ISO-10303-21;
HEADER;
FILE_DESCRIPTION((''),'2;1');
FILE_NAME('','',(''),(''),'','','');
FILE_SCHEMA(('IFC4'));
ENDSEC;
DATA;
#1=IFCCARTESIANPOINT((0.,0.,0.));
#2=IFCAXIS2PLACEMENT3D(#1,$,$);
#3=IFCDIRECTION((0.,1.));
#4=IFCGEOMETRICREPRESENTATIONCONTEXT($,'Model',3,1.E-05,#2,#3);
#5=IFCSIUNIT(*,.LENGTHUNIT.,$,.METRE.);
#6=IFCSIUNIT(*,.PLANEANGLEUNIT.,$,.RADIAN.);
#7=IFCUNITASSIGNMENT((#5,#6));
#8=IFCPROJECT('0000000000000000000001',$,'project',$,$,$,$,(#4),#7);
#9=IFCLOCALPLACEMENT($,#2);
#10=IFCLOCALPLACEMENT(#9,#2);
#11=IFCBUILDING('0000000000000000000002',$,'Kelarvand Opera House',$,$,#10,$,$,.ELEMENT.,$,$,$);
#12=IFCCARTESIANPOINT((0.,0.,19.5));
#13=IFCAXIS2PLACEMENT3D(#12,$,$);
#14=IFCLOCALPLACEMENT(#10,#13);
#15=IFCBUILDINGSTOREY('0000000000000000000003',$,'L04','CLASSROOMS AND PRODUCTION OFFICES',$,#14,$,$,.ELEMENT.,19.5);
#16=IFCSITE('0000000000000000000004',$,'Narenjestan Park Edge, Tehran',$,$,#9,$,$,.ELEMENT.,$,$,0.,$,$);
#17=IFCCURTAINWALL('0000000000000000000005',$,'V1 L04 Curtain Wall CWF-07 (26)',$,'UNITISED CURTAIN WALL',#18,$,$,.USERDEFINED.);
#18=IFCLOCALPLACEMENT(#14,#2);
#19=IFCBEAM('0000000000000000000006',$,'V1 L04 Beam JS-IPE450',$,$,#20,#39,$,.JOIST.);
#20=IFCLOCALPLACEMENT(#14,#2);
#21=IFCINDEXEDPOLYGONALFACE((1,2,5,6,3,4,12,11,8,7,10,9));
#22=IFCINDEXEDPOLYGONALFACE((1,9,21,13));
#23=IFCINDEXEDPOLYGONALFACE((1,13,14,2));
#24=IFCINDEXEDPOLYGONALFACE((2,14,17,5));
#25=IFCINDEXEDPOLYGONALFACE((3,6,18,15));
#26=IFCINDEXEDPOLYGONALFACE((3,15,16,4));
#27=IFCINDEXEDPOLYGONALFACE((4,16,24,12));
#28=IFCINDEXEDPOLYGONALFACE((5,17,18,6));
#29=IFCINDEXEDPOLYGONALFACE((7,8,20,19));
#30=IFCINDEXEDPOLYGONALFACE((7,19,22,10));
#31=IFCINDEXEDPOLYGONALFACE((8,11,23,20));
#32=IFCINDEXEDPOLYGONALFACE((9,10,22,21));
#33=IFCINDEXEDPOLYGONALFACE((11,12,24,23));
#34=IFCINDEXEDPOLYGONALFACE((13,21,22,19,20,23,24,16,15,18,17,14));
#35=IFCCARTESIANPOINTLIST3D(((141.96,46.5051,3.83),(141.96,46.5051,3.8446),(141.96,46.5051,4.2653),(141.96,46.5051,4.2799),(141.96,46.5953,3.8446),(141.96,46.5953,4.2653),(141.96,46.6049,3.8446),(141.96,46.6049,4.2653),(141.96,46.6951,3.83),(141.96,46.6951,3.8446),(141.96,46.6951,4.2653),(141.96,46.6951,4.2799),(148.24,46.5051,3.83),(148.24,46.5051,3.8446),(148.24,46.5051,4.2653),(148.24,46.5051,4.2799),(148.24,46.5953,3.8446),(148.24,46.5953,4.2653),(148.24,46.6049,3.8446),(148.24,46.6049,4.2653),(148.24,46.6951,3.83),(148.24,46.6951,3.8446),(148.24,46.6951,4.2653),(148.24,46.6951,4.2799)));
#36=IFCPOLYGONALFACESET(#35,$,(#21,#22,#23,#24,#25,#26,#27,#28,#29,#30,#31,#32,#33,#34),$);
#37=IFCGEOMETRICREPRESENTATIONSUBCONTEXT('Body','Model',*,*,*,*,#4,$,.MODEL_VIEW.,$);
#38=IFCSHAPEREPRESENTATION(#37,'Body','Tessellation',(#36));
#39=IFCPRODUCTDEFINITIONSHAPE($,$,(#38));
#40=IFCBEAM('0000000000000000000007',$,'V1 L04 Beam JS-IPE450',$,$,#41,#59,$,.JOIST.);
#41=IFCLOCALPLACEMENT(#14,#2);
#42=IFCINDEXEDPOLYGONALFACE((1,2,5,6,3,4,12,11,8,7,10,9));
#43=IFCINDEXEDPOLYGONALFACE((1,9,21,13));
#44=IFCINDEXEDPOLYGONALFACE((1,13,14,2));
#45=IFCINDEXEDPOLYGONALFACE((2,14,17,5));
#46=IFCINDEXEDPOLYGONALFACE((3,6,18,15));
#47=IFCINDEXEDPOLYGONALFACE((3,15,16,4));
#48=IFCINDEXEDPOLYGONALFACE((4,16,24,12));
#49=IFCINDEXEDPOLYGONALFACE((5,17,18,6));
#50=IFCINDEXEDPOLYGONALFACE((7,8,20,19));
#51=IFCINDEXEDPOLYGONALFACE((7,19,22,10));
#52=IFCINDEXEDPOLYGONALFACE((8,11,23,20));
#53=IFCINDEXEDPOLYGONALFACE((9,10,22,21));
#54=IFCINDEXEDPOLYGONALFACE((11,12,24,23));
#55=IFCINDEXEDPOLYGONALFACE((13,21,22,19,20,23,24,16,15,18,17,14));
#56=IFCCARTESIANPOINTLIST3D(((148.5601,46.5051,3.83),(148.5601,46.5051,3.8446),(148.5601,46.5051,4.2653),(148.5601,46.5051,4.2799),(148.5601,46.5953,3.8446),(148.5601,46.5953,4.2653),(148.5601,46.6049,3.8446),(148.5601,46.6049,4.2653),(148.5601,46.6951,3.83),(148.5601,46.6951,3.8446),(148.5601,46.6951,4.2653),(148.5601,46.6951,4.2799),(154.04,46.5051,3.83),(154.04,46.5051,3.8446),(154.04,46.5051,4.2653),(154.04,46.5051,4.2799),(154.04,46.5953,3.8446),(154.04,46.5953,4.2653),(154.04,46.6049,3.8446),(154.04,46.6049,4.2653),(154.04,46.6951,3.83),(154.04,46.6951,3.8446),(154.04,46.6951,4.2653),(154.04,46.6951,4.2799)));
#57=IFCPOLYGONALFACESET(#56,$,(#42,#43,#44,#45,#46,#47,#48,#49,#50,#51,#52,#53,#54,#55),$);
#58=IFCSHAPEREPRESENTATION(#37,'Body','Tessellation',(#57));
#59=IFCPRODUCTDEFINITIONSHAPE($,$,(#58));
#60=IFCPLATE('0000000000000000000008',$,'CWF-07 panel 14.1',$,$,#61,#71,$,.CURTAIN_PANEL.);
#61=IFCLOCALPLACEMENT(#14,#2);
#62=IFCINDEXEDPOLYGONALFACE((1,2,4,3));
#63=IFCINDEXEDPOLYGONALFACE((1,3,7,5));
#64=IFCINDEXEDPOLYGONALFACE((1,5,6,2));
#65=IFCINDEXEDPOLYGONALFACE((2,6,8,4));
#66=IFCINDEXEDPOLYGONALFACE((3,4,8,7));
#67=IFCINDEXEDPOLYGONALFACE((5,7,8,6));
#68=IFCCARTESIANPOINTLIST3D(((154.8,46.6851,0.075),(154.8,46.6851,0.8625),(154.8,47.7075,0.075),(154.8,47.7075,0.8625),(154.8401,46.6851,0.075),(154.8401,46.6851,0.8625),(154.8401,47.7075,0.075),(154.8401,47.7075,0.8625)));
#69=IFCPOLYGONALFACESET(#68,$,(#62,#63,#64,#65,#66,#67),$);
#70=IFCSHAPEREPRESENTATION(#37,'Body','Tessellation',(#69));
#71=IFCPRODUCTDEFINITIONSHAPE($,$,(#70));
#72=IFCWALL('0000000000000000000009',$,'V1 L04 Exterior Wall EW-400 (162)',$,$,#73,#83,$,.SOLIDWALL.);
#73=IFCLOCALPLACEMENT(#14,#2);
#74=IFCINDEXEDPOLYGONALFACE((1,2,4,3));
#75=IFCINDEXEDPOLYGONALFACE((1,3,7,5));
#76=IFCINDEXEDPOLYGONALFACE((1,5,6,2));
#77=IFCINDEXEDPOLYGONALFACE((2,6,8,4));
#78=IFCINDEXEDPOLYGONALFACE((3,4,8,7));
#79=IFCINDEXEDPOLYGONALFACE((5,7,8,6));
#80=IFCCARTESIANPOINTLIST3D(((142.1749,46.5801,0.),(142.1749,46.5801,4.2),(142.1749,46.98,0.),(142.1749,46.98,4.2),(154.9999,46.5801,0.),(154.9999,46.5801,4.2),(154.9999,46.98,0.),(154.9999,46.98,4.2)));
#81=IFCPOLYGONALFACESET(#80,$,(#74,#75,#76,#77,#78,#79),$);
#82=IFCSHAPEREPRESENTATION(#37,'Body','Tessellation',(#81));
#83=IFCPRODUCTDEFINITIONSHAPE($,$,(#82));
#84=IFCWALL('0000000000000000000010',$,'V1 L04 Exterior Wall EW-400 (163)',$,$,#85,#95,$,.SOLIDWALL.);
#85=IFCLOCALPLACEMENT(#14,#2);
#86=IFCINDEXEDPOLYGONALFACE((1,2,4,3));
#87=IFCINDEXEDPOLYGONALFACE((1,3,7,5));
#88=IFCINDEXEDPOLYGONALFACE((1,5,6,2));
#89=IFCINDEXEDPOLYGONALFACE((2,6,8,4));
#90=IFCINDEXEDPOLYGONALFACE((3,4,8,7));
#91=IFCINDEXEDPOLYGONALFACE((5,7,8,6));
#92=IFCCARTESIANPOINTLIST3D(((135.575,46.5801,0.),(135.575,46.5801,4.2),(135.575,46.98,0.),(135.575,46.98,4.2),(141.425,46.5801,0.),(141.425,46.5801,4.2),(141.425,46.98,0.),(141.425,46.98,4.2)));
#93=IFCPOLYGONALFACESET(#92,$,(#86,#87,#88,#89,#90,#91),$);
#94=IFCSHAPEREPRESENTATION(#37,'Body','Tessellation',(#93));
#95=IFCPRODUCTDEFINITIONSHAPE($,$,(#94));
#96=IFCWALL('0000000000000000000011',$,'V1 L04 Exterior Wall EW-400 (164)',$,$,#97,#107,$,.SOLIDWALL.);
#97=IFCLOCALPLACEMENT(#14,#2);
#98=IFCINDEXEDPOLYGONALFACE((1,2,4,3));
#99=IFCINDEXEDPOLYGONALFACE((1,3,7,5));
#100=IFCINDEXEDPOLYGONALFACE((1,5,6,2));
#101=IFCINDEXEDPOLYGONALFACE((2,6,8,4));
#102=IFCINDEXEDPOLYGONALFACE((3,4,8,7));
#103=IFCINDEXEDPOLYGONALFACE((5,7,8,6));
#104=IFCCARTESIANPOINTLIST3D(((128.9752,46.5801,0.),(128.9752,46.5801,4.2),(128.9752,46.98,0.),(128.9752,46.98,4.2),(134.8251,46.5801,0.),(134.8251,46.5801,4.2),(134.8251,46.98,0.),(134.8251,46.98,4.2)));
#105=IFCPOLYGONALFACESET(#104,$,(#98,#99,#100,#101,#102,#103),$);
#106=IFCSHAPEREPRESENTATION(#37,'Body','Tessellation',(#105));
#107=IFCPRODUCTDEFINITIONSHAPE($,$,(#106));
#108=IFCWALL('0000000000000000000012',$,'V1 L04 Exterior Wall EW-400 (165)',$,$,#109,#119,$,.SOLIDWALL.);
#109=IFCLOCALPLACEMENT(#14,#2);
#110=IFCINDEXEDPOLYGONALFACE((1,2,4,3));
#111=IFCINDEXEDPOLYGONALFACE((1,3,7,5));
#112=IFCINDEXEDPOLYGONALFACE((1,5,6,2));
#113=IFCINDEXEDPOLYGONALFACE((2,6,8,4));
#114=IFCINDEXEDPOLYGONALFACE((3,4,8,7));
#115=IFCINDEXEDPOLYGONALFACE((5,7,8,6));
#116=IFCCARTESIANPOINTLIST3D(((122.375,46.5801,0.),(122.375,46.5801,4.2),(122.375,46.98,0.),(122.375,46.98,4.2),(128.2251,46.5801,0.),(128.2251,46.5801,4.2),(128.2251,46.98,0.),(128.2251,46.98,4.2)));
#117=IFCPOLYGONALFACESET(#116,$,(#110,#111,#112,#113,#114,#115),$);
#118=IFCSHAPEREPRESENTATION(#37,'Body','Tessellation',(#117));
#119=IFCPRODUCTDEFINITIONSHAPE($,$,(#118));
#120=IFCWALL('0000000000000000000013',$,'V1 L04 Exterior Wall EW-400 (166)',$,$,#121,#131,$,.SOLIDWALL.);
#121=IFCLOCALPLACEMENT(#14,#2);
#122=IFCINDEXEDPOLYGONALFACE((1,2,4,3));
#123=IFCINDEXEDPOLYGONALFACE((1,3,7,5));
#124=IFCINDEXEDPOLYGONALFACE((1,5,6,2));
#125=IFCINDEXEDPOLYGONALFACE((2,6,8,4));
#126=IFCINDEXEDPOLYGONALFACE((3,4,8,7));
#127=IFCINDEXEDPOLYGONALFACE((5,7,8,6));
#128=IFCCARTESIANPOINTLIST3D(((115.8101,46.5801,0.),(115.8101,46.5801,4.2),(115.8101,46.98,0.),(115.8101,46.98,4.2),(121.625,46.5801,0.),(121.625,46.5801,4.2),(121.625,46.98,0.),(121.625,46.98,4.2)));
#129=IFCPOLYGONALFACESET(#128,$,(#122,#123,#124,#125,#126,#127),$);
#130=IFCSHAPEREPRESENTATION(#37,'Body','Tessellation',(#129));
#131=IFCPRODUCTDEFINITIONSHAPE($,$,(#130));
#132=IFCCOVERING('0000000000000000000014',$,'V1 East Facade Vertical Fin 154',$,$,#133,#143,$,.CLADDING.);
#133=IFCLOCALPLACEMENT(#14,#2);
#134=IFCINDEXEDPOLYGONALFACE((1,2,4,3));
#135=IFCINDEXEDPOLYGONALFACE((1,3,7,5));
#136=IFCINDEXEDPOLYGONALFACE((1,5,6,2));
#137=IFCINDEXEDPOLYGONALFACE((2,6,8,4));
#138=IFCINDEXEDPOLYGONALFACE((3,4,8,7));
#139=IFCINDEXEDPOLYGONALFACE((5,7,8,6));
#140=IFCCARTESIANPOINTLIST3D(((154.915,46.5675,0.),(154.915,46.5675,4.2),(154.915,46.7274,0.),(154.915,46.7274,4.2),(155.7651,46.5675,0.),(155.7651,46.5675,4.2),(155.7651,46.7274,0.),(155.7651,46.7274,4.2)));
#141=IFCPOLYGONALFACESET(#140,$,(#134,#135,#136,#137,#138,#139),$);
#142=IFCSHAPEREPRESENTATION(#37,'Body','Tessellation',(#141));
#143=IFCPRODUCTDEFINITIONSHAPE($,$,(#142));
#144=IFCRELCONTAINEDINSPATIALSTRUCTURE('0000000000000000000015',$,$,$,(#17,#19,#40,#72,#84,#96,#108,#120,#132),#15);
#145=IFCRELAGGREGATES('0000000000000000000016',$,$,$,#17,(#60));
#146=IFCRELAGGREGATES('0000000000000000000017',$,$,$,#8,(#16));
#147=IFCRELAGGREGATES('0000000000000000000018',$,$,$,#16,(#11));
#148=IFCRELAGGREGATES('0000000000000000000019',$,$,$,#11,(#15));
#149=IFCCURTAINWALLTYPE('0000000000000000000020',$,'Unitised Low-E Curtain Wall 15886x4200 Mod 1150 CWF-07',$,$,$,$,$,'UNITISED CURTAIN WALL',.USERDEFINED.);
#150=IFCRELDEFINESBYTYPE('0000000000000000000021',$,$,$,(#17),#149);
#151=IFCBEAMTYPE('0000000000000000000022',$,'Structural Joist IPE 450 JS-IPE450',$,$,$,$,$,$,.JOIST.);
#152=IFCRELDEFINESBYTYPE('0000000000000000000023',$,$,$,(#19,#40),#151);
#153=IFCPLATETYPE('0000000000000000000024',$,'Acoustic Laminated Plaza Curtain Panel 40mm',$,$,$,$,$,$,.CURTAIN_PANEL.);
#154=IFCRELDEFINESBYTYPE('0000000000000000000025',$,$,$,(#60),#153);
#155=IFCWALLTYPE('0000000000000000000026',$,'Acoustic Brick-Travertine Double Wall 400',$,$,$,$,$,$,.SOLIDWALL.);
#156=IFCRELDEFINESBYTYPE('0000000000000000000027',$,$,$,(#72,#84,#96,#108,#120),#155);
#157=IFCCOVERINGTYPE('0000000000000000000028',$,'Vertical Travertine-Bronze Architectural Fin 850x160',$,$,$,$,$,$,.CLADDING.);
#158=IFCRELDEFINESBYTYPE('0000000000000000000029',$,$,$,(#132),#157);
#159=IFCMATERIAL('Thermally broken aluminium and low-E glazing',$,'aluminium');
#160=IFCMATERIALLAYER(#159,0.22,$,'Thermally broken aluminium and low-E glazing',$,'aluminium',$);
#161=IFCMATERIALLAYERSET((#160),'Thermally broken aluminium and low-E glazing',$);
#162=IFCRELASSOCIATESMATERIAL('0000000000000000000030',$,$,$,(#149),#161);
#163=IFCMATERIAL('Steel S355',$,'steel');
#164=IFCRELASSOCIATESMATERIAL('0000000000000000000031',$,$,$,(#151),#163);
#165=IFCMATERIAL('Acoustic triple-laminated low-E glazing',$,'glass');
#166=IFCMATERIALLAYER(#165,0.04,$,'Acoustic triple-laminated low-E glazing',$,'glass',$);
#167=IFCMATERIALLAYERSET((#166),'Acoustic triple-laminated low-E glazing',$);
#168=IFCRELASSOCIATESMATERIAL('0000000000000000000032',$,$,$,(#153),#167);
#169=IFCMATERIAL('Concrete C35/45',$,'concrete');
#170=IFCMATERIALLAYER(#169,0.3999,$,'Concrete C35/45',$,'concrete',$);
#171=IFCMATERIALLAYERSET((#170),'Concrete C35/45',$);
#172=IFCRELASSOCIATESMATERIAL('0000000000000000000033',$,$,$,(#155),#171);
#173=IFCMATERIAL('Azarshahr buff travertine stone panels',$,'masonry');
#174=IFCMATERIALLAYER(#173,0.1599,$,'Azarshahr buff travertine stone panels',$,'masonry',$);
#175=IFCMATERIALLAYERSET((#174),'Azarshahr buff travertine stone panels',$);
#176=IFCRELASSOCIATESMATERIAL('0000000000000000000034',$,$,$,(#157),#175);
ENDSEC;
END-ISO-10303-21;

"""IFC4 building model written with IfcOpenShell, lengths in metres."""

from ifc_helpers import new_model, si_unit, direction, frame, frame_2d, origin, origin_2d, place, context, subcontext, project, spatial, rectangle, i_section, extrude, material, layer, layer_set, material_profile, profile_set, type_object, element, aggregate, save


model = new_model("IFC4")

# Units and contexts
model_context = context("Model", 3, precision=1e-05, world=origin(), true_north=direction((0.0, 1.0)))
body_context = subcontext(model_context, "Body", "Model", "MODEL_VIEW")
ifc_project = project(units=[si_unit("LENGTHUNIT", "METRE"), si_unit("PLANEANGLEUNIT", "RADIAN")], contexts=[model_context])

# Site, building, storey
site_placement = place(None, origin())
site = spatial("IfcSite", under=ifc_project, at=site_placement, Name="Narenjestan Park Edge, Tehran", CompositionType="ELEMENT", RefElevation=0.0)
building_placement = place(site_placement, origin())
building = spatial("IfcBuilding", under=site, at=building_placement, Name="Kelarvand Opera House", CompositionType="ELEMENT")
storey_placement = place(building_placement, frame((0.0, 0.0, 19.5)))
storey = spatial("IfcBuildingStorey", under=building, at=storey_placement, Name="L04", Description="CLASSROOMS AND PRODUCTION OFFICES", CompositionType="ELEMENT", Elevation=19.5)

# Curtain wall
ifc_material_1 = material(Name="Thermally broken aluminium and low-E glazing", Category="aluminium")
ifc_layer_1 = layer(ifc_material_1, 0.22, Name="Thermally broken aluminium and low-E glazing", Category="aluminium")
ifc_layer_set_1 = layer_set([ifc_layer_1], Name="Thermally broken aluminium and low-E glazing")
curtain_wall_type = type_object("IfcCurtainWallType", Name="Unitised Low-E Curtain Wall 15886x4200 Mod 1150 CWF-07", ElementType="UNITISED CURTAIN WALL", PredefinedType="USERDEFINED", material=ifc_layer_set_1)
curtain_wall_placement = place(storey_placement, origin())
curtain_wall = element("IfcCurtainWall", 1, at=curtain_wall_placement, inside=storey, type_object=curtain_wall_type, Name="V1 L04 Curtain Wall CWF-07 (26)", ObjectType="UNITISED CURTAIN WALL", PredefinedType="USERDEFINED")

# Beams
ifc_material_2 = material(Name="Steel S355", Category="steel")
ifc_material_profile_1 = material_profile(ifc_material_2, i_section(OverallWidth=0.1899, OverallDepth=0.45, WebThickness=0.0095, FlangeThickness=0.0146, at=origin_2d()), Name="IPE 450", Category="steel")
ifc_profile_set_1 = profile_set([ifc_material_profile_1], Name="Steel S355")
beam_type_1 = type_object("IfcBeamType", Name="Structural Joist IPE 450 JS-IPE450", PredefinedType="JOIST", material=ifc_profile_set_1)
beam_1_placement = place(storey_placement, frame((141.96, 46.6001, 4.0549), z_axis=(1.0, 0.0, 0.0), x_axis=(0.0, 1.0, 0.0)))
element("IfcBeam", 2, at=beam_1_placement, inside=storey, type_object=beam_type_1, Name="V1 L04 Beam JS-IPE450", PredefinedType="JOIST", context=body_context, shape_type="SweptSolid", body=[
    extrude(i_section(OverallWidth=0.1899, OverallDepth=0.45, WebThickness=0.0095, FlangeThickness=0.0146, at=origin_2d()), origin(), (0.0, 0.0, 1.0), 6.28),
])
beam_2_placement = place(storey_placement, frame((148.5601, 46.6001, 4.0549), z_axis=(1.0, 0.0, 0.0), x_axis=(0.0, 1.0, 0.0)))
element("IfcBeam", 3, at=beam_2_placement, inside=storey, type_object=beam_type_1, Name="V1 L04 Beam JS-IPE450", PredefinedType="JOIST", context=body_context, shape_type="SweptSolid", body=[
    extrude(i_section(OverallWidth=0.1899, OverallDepth=0.45, WebThickness=0.0095, FlangeThickness=0.0146, at=origin_2d()), origin(), (0.0, 0.0, 1.0), 5.48),
])

# Plate
ifc_material_3 = material(Name="Acoustic triple-laminated low-E glazing", Category="glass")
ifc_layer_2 = layer(ifc_material_3, 0.04, Name="Acoustic triple-laminated low-E glazing", Category="glass")
ifc_layer_set_2 = layer_set([ifc_layer_2], Name="Acoustic triple-laminated low-E glazing")
plate_type = type_object("IfcPlateType", Name="Acoustic Laminated Plaza Curtain Panel 40mm", PredefinedType="CURTAIN_PANEL", material=ifc_layer_set_2)
plate_placement = place(storey_placement, frame((154.8201, 47.1963, 0.075), z_axis=(0.0, 0.0, 1.0), x_axis=(0.0, -1.0, 0.0)))
plate = element("IfcPlate", 4, at=plate_placement, type_object=plate_type, Name="CWF-07 panel 14.1", PredefinedType="CURTAIN_PANEL", context=body_context, shape_type="SweptSolid", body=[
    extrude(rectangle(XDim=1.0225, YDim=0.04, at=origin_2d()), origin(), (0.0, 0.0, 1.0), 0.7876),
])
aggregate(curtain_wall, [plate])

# Walls
ifc_material_4 = material(Name="Concrete C35/45", Category="concrete")
ifc_layer_3 = layer(ifc_material_4, 0.3999, Name="Concrete C35/45", Category="concrete")
ifc_layer_set_3 = layer_set([ifc_layer_3], Name="Concrete C35/45")
wall_type = type_object("IfcWallType", Name="Acoustic Brick-Travertine Double Wall 400", PredefinedType="SOLIDWALL", material=ifc_layer_set_3)
wall_1_placement = place(storey_placement, frame((155.0, 46.78, 0.0), z_axis=(0.0, 0.0, 1.0), x_axis=(-1.0, 0.0, 0.0)))
element("IfcWall", 5, at=wall_1_placement, inside=storey, type_object=wall_type, Name="V1 L04 Exterior Wall EW-400 (162)", PredefinedType="SOLIDWALL", context=body_context, shape_type="SweptSolid", body=[
    extrude(rectangle(XDim=12.825, YDim=0.3999, at=frame_2d((6.4126, 0.0))), origin(), (0.0, 0.0, 1.0), 4.2),
])
wall_2_placement = place(storey_placement, frame((141.425, 46.78, 0.0), z_axis=(0.0, 0.0, 1.0), x_axis=(-1.0, 0.0, 0.0)))
element("IfcWall", 6, at=wall_2_placement, inside=storey, type_object=wall_type, Name="V1 L04 Exterior Wall EW-400 (163)", PredefinedType="SOLIDWALL", context=body_context, shape_type="SweptSolid", body=[
    extrude(rectangle(XDim=5.8501, YDim=0.3999, at=frame_2d((2.925, 0.0))), origin(), (0.0, 0.0, 1.0), 4.2),
])
wall_3_placement = place(storey_placement, frame((134.825, 46.78, 0.0), z_axis=(0.0, 0.0, 1.0), x_axis=(-1.0, 0.0, 0.0)))
element("IfcWall", 7, at=wall_3_placement, inside=storey, type_object=wall_type, Name="V1 L04 Exterior Wall EW-400 (164)", PredefinedType="SOLIDWALL", context=body_context, shape_type="SweptSolid", body=[
    extrude(rectangle(XDim=5.8499, YDim=0.3999, at=frame_2d((2.9248, 0.0))), origin(), (0.0, 0.0, 1.0), 4.2),
])
wall_4_placement = place(storey_placement, frame((128.2251, 46.78, 0.0), z_axis=(0.0, 0.0, 1.0), x_axis=(-1.0, 0.0, 0.0)))
element("IfcWall", 8, at=wall_4_placement, inside=storey, type_object=wall_type, Name="V1 L04 Exterior Wall EW-400 (165)", PredefinedType="SOLIDWALL", context=body_context, shape_type="SweptSolid", body=[
    extrude(rectangle(XDim=5.8501, YDim=0.3999, at=frame_2d((2.925, 0.0))), origin(), (0.0, 0.0, 1.0), 4.2),
])
wall_5_placement = place(storey_placement, frame((121.625, 46.78, 0.0), z_axis=(0.0, 0.0, 1.0), x_axis=(-1.0, 0.0, 0.0)))
element("IfcWall", 9, at=wall_5_placement, inside=storey, type_object=wall_type, Name="V1 L04 Exterior Wall EW-400 (166)", PredefinedType="SOLIDWALL", context=body_context, shape_type="SweptSolid", body=[
    extrude(rectangle(XDim=5.8149, YDim=0.3999, at=frame_2d((2.9075, 0.0))), origin(), (0.0, 0.0, 1.0), 4.2),
])

# Covering
ifc_material_5 = material(Name="Azarshahr buff travertine stone panels", Category="masonry")
ifc_layer_4 = layer(ifc_material_5, 0.1599, Name="Azarshahr buff travertine stone panels", Category="masonry")
ifc_layer_set_4 = layer_set([ifc_layer_4], Name="Azarshahr buff travertine stone panels")
covering_type = type_object("IfcCoveringType", Name="Vertical Travertine-Bronze Architectural Fin 850x160", PredefinedType="CLADDING", material=ifc_layer_set_4)
covering_placement = place(storey_placement, frame((155.3401, 46.6475, 0.0), z_axis=(0.0, 0.0, 1.0), x_axis=(1.0, 0.0, 0.0)))
element("IfcCovering", 10, at=covering_placement, inside=storey, type_object=covering_type, Name="V1 East Facade Vertical Fin 154", PredefinedType="CLADDING", context=body_context, shape_type="SweptSolid", body=[
    extrude(rectangle(XDim=0.8501, YDim=0.1599, at=origin_2d()), origin(), (0.0, 0.0, 1.0), 4.2),
])

save(model, "model.ifc")
